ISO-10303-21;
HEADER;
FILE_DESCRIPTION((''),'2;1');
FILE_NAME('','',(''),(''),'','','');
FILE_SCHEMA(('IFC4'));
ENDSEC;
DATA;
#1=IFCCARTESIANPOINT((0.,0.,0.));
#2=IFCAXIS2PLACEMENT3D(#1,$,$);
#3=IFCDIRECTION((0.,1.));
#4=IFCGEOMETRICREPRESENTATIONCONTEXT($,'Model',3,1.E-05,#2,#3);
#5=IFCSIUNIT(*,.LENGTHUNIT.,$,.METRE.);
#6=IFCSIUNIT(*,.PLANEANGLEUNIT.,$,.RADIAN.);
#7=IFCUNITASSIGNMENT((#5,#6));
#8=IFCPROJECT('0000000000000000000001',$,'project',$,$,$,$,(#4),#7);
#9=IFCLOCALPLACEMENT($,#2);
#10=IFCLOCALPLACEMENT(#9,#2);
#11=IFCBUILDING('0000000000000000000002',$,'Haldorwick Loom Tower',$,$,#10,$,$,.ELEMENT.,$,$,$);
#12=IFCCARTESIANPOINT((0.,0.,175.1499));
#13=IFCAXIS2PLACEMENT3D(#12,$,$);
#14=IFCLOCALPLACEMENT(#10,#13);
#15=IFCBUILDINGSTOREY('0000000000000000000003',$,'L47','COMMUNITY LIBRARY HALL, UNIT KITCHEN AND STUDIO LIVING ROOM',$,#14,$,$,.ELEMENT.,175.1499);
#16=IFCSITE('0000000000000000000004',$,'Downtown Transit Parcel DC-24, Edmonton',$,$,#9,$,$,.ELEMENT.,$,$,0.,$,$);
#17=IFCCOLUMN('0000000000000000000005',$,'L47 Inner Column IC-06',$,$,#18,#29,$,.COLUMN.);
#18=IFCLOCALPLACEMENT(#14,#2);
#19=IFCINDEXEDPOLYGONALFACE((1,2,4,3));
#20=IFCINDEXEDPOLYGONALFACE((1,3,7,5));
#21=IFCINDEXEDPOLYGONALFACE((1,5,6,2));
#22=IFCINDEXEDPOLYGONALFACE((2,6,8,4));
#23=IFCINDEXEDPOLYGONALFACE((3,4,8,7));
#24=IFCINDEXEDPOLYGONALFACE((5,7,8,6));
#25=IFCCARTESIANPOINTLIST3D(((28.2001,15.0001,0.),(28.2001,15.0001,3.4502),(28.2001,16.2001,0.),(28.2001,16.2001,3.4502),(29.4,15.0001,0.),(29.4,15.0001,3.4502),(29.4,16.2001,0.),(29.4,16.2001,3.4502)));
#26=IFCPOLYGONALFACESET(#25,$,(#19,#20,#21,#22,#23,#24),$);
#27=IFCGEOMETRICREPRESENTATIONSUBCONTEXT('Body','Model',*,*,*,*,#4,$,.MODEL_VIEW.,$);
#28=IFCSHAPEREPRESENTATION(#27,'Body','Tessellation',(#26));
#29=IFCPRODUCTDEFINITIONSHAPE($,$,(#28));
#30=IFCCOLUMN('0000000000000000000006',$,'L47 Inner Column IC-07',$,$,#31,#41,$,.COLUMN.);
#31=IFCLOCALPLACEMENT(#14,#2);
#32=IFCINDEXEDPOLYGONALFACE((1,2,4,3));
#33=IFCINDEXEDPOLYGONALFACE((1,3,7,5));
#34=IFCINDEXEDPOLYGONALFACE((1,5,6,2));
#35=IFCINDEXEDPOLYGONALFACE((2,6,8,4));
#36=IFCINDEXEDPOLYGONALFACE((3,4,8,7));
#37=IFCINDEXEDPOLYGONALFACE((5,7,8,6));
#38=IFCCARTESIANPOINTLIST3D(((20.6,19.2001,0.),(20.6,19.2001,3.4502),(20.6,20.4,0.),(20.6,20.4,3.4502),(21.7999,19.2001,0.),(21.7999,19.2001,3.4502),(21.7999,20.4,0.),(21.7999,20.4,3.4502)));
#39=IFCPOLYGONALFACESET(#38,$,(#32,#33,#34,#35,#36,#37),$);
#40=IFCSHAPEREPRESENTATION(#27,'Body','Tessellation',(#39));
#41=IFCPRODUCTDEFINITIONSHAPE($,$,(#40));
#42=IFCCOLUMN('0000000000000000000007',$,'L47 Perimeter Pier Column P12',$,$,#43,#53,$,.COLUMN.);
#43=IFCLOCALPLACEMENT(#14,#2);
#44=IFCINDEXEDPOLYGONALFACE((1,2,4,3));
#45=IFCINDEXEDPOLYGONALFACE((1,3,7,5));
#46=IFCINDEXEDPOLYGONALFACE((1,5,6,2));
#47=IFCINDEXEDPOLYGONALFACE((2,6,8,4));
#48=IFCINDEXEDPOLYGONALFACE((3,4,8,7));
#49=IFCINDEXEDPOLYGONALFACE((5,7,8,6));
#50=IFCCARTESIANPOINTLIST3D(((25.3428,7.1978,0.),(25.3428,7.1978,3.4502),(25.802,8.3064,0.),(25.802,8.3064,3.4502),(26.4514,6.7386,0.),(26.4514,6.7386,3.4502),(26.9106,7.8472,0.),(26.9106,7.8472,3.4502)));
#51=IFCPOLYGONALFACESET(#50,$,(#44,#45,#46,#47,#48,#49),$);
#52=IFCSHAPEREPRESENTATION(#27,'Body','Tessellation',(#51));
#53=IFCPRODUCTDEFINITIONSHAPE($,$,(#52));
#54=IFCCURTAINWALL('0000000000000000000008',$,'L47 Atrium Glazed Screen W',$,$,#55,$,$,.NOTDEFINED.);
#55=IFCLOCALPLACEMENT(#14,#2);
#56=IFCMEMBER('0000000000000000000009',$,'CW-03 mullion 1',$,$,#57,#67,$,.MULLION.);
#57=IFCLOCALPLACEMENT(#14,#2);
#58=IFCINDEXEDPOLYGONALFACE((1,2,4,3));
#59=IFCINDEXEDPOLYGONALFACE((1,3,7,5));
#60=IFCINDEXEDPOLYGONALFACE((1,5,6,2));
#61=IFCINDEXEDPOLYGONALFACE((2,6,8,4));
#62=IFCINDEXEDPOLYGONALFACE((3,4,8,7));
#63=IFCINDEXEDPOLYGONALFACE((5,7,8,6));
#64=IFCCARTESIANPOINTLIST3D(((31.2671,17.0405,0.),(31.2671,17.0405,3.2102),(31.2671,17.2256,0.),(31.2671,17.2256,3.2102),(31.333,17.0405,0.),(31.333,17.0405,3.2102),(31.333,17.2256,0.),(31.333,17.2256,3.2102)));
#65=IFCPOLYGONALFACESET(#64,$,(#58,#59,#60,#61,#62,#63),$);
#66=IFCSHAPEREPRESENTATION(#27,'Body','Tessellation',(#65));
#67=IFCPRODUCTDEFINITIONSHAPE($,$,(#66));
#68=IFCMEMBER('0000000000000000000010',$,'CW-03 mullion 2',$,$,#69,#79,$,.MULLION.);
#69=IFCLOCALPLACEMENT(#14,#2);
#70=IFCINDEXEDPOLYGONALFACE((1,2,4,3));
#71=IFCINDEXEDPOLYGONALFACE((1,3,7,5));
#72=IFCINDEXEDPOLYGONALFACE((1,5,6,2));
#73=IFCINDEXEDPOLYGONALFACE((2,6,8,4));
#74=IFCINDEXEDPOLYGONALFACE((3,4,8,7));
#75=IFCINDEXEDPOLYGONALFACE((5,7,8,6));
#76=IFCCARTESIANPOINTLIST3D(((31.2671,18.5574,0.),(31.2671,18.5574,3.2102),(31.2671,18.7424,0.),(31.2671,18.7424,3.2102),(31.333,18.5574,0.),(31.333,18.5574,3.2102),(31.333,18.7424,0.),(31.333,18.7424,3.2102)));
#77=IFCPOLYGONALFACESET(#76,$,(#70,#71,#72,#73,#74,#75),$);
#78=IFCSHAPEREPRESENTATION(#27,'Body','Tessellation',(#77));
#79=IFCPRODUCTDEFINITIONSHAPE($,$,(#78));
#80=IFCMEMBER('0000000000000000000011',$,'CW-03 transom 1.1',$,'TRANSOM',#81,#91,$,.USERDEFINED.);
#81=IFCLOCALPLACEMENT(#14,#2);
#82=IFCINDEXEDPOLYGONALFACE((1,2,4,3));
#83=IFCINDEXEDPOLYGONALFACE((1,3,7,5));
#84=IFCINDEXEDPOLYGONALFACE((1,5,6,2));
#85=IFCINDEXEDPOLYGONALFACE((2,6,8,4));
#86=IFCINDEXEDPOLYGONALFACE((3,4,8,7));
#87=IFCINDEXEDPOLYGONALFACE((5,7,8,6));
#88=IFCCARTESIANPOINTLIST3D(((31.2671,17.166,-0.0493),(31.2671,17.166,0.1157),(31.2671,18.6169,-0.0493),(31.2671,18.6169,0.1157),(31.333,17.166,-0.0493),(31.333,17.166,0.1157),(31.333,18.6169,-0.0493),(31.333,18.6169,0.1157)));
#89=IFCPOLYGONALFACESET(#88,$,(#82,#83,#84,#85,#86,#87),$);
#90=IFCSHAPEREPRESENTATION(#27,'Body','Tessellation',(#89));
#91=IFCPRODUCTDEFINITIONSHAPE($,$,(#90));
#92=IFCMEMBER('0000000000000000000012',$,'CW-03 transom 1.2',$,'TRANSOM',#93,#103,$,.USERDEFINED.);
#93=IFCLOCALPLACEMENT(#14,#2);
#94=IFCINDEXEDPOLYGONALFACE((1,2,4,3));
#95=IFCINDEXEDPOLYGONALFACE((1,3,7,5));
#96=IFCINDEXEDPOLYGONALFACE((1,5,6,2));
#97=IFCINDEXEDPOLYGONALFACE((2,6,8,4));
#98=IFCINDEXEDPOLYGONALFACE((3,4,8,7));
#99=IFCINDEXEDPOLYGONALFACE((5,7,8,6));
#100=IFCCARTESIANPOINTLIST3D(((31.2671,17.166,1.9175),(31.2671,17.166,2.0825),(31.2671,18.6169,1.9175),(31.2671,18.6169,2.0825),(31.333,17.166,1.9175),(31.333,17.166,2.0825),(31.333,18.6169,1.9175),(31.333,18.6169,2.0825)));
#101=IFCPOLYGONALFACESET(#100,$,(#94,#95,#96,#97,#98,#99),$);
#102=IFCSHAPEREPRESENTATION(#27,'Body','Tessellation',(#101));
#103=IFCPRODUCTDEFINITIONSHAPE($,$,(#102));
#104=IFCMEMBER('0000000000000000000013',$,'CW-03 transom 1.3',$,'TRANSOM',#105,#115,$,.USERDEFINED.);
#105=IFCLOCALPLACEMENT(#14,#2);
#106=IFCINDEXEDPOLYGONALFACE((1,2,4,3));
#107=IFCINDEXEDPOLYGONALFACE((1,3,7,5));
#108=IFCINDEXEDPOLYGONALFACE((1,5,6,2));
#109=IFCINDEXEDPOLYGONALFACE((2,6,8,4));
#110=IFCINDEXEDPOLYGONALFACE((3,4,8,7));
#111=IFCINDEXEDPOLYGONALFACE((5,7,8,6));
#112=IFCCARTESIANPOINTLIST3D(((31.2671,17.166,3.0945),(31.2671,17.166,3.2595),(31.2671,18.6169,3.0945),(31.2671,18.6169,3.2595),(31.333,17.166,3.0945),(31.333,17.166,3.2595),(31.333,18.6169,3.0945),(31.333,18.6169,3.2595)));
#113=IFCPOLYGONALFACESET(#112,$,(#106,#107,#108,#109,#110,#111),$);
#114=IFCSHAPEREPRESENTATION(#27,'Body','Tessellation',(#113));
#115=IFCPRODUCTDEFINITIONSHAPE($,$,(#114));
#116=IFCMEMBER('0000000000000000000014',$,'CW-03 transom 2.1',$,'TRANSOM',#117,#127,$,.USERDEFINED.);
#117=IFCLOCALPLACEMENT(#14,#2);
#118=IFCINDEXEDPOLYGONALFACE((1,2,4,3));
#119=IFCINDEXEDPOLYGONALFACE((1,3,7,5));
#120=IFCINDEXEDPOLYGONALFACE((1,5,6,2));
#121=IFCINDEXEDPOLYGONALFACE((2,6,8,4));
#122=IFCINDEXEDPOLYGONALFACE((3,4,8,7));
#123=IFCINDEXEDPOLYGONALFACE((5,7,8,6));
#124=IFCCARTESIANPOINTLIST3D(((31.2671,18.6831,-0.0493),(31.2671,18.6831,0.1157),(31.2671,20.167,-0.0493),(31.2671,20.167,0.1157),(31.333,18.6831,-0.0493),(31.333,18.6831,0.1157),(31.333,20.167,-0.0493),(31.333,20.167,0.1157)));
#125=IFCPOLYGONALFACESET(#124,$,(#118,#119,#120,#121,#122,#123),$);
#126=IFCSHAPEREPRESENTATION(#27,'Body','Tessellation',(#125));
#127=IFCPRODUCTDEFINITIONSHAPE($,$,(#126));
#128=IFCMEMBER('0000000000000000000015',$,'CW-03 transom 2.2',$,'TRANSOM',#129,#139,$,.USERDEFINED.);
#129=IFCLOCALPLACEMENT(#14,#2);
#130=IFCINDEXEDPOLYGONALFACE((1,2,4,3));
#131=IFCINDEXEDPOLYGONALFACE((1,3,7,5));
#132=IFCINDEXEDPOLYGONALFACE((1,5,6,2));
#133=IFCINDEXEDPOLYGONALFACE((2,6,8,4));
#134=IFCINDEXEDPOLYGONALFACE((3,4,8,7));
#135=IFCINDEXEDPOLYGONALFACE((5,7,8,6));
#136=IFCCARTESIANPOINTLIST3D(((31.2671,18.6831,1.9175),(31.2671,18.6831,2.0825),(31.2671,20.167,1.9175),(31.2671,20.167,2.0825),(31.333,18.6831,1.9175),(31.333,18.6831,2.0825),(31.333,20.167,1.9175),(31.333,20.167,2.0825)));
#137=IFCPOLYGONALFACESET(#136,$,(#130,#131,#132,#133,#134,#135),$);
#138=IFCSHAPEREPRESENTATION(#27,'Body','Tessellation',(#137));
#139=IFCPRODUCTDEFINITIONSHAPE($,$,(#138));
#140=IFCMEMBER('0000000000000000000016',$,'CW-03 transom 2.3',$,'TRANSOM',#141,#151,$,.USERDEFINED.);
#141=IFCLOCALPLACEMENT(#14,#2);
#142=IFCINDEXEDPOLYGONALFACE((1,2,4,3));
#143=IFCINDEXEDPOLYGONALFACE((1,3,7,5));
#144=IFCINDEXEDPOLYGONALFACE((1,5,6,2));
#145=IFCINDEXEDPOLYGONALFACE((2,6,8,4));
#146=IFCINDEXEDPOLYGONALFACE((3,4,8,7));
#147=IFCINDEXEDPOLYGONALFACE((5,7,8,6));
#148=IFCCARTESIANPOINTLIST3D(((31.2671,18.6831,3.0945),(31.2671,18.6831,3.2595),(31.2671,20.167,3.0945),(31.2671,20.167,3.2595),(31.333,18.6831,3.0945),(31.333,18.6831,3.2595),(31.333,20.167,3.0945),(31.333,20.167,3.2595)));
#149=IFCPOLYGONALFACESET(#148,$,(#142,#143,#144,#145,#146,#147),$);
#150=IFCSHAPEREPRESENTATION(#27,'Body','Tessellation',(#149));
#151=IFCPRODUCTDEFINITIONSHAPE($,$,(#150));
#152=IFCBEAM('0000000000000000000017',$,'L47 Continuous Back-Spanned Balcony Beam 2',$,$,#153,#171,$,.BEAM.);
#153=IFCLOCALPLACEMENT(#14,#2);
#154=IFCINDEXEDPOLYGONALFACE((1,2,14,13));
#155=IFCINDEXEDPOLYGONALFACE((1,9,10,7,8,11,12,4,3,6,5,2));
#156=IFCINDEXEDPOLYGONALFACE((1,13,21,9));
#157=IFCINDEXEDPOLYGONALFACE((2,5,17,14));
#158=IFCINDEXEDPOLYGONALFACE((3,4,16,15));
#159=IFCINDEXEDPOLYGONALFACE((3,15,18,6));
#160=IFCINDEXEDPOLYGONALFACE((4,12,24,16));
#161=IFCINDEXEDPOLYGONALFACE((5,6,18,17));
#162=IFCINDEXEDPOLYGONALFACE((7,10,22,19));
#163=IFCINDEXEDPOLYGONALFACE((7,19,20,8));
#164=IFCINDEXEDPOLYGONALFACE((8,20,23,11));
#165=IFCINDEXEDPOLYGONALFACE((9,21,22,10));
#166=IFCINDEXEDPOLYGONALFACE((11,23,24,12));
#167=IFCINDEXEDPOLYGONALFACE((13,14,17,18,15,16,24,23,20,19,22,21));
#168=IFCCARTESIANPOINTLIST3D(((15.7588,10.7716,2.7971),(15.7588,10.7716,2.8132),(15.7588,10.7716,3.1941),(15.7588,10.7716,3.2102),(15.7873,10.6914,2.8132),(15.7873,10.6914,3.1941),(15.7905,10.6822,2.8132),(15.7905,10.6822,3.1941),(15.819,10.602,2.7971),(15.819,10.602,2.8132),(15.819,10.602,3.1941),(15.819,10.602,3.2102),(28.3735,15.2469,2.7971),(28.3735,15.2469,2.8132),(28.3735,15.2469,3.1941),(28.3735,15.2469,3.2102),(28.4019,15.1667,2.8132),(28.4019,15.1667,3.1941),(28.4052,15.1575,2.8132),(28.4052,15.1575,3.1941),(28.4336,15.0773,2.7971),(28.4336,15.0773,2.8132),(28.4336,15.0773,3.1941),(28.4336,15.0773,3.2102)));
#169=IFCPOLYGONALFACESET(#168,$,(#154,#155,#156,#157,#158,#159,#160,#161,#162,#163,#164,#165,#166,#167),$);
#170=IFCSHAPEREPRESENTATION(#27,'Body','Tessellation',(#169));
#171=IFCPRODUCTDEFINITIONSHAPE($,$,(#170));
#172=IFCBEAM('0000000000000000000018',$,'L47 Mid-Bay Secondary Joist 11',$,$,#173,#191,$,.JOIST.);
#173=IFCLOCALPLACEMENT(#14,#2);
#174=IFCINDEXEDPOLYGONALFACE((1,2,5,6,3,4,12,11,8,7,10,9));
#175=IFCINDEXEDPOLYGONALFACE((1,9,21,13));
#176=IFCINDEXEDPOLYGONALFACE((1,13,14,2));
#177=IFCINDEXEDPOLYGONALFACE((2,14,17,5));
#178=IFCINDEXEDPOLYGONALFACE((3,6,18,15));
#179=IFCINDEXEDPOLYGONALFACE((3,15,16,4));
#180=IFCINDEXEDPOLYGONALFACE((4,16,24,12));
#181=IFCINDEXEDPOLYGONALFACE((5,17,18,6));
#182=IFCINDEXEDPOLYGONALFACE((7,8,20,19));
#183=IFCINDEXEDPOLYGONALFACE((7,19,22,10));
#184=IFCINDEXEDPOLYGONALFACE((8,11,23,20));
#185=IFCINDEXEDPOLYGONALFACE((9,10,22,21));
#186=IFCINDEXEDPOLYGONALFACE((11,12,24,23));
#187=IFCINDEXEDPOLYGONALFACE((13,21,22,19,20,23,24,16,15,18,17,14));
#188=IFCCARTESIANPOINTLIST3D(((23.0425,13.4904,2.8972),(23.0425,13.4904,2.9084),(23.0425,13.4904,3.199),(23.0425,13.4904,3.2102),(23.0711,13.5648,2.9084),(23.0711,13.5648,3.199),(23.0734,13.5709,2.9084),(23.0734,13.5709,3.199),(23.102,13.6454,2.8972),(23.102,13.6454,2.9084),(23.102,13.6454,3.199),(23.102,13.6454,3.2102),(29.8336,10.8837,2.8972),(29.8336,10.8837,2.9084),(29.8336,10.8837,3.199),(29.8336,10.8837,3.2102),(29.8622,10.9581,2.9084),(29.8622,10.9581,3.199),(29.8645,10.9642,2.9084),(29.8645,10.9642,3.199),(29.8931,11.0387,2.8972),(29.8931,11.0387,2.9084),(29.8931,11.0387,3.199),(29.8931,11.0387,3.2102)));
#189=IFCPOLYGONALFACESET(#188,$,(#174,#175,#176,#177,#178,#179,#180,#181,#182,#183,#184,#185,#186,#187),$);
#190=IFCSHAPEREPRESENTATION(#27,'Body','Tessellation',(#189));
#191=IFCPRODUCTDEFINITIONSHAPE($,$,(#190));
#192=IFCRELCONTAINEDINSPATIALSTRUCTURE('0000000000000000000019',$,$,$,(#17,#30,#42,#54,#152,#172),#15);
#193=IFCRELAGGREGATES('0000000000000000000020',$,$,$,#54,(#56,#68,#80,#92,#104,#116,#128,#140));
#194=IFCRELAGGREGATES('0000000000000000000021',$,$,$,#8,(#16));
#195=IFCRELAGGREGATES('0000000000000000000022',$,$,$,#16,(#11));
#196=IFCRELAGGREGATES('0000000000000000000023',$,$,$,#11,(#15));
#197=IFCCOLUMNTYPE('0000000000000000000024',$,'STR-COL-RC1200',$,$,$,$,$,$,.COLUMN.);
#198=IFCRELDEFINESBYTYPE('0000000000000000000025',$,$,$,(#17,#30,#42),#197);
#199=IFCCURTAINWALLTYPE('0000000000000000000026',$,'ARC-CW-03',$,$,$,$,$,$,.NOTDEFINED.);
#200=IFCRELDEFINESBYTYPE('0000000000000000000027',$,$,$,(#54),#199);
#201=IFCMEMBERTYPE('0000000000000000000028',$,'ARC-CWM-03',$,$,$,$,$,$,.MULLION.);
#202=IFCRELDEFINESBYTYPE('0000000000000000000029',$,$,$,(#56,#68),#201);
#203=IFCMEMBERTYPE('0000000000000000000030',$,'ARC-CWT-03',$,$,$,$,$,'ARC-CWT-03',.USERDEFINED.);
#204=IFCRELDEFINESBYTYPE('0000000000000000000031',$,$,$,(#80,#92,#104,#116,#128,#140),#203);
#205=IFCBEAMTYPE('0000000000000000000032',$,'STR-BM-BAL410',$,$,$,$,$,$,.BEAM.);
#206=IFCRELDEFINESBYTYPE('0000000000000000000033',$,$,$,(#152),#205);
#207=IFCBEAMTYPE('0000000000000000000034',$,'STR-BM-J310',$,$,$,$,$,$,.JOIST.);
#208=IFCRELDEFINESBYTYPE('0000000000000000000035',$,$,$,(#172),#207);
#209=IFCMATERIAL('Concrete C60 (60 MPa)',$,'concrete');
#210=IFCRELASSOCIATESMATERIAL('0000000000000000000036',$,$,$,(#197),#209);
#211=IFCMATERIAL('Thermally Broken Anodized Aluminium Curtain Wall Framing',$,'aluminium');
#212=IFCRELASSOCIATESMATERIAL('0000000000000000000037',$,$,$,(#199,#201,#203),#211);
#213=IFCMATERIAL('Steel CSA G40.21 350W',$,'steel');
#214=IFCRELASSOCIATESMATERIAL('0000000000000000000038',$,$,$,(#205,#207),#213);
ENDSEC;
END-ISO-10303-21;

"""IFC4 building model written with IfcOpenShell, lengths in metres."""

from ifc_helpers import new_model, si_unit, direction, frame, origin, origin_2d, place, context, subcontext, project, spatial, rectangle, i_section, extrude, material, material_profile, profile_set, type_object, element, aggregate, save


model = new_model("IFC4")

# Units and contexts
model_context = context("Model", 3, precision=1e-05, world=origin(), true_north=direction((0.0, 1.0)))
body_context = subcontext(model_context, "Body", "Model", "MODEL_VIEW")
ifc_project = project(units=[si_unit("LENGTHUNIT", "METRE"), si_unit("PLANEANGLEUNIT", "RADIAN")], contexts=[model_context])

# Site, building, storey
site_placement = place(None, origin())
site = spatial("IfcSite", under=ifc_project, at=site_placement, Name="Downtown Transit Parcel DC-24, Edmonton", CompositionType="ELEMENT", RefElevation=0.0)
building_placement = place(site_placement, origin())
building = spatial("IfcBuilding", under=site, at=building_placement, Name="Haldorwick Loom Tower", CompositionType="ELEMENT")
storey_placement = place(building_placement, frame((0.0, 0.0, 175.1499)))
storey = spatial("IfcBuildingStorey", under=building, at=storey_placement, Name="L47", Description="COMMUNITY LIBRARY HALL, UNIT KITCHEN AND STUDIO LIVING ROOM", CompositionType="ELEMENT", Elevation=175.1499)

# Columns
ifc_material_1 = material(Name="Concrete C60 (60 MPa)", Category="concrete")
ifc_material_profile_1 = material_profile(ifc_material_1, rectangle(XDim=1.2, YDim=1.2, at=origin_2d()), Name="RC1200X1200", Category="concrete")
ifc_profile_set_1 = profile_set([ifc_material_profile_1], Name="Concrete C60 (60 MPa)")
column_type = type_object("IfcColumnType", Name="STR-COL-RC1200", PredefinedType="COLUMN", material=ifc_profile_set_1)
for number, where, z_axis, x_axis, name in (
    (1, (28.8, 15.6001, 0.0), (0.0, 0.0, 1.0), (1.0, 0.0, 0.0), "L47 Inner Column IC-06"),
    (2, (21.2, 19.8, 0.0), (0.0, 0.0, 1.0), (1.0, 0.0, 0.0), "L47 Inner Column IC-07"),
    (3, (26.1267, 7.5225, 0.0), (0.0, 0.0, 1.0), (-0.382683, -0.92388, 0.0), "L47 Perimeter Pier Column P12"),
):
    element("IfcColumn", number, at=place(storey_placement, frame(where, z_axis=z_axis, x_axis=x_axis)), inside=storey, type_object=column_type, Name=name, PredefinedType="COLUMN", context=body_context, shape_type="SweptSolid", body=[
        extrude(rectangle(XDim=1.2, YDim=1.2, at=origin_2d()), origin(), (0.0, 0.0, 1.0), 3.4502),
    ])

# Curtain wall, members
ifc_material_2 = material(Name="Thermally Broken Anodized Aluminium Curtain Wall Framing", Category="aluminium")
curtain_wall_type = type_object("IfcCurtainWallType", Name="ARC-CW-03", PredefinedType="NOTDEFINED", material=ifc_material_2)
curtain_wall_placement = place(storey_placement, origin())
curtain_wall = element("IfcCurtainWall", 4, at=curtain_wall_placement, inside=storey, type_object=curtain_wall_type, Name="L47 Atrium Glazed Screen W", PredefinedType="NOTDEFINED")
ifc_material_profile_2 = material_profile(ifc_material_2, rectangle(XDim=0.0659, YDim=0.1851, at=origin_2d()), Name="ALU_MUL_66X185", Category="aluminium")
ifc_profile_set_2 = profile_set([ifc_material_profile_2], Name="Thermally Broken Anodized Aluminium Curtain Wall Framing")
member_type_1 = type_object("IfcMemberType", Name="ARC-CWM-03", PredefinedType="MULLION", material=ifc_profile_set_2)
member_1_placement = place(storey_placement, frame((31.3, 17.1331, 0.0), z_axis=(0.0, 0.0, 1.0), x_axis=(-1.0, 0.0, 0.0)))
member_1 = element("IfcMember", 5, at=member_1_placement, type_object=member_type_1, Name="CW-03 mullion 1", PredefinedType="MULLION", context=body_context, shape_type="SweptSolid", body=[
    extrude(rectangle(XDim=0.0659, YDim=0.1851, at=origin_2d()), origin(), (0.0, 0.0, 1.0), 3.2102),
])
member_2_placement = place(storey_placement, frame((31.3, 18.6499, 0.0), z_axis=(0.0, 0.0, 1.0), x_axis=(-1.0, 0.0, 0.0)))
member_2 = element("IfcMember", 6, at=member_2_placement, type_object=member_type_1, Name="CW-03 mullion 2", PredefinedType="MULLION", context=body_context, shape_type="SweptSolid", body=[
    extrude(rectangle(XDim=0.0659, YDim=0.1851, at=origin_2d()), origin(), (0.0, 0.0, 1.0), 3.2102),
])
ifc_material_profile_3 = material_profile(ifc_material_2, rectangle(XDim=0.0659, YDim=0.165, at=origin_2d()), Name="ALU_TRN_66X165", Category="aluminium")
ifc_profile_set_3 = profile_set([ifc_material_profile_3], Name="Thermally Broken Anodized Aluminium Curtain Wall Framing")
member_type_2 = type_object("IfcMemberType", Name="ARC-CWT-03", ElementType="ARC-CWT-03", PredefinedType="USERDEFINED", material=ifc_profile_set_3)
member_3_placement = place(storey_placement, frame((31.3, 17.166, 0.0332), z_axis=(0.0, 1.0, 0.0), x_axis=(-1.0, 0.0, 0.0)))
member_3 = element("IfcMember", 7, at=member_3_placement, type_object=member_type_2, Name="CW-03 transom 1.1", ObjectType="TRANSOM", PredefinedType="USERDEFINED", context=body_context, shape_type="SweptSolid", body=[
    extrude(rectangle(XDim=0.0659, YDim=0.165, at=origin_2d()), origin(), (0.0, 0.0, 1.0), 1.4509),
])
member_4_placement = place(storey_placement, frame((31.3, 17.166, 2.0), z_axis=(0.0, 1.0, 0.0), x_axis=(-1.0, 0.0, 0.0)))
member_4 = element("IfcMember", 8, at=member_4_placement, type_object=member_type_2, Name="CW-03 transom 1.2", ObjectType="TRANSOM", PredefinedType="USERDEFINED", context=body_context, shape_type="SweptSolid", body=[
    extrude(rectangle(XDim=0.0659, YDim=0.165, at=origin_2d()), origin(), (0.0, 0.0, 1.0), 1.4509),
])
member_5_placement = place(storey_placement, frame((31.3, 17.166, 3.177), z_axis=(0.0, 1.0, 0.0), x_axis=(-1.0, 0.0, 0.0)))
member_5 = element("IfcMember", 9, at=member_5_placement, type_object=member_type_2, Name="CW-03 transom 1.3", ObjectType="TRANSOM", PredefinedType="USERDEFINED", context=body_context, shape_type="SweptSolid", body=[
    extrude(rectangle(XDim=0.0659, YDim=0.165, at=origin_2d()), origin(), (0.0, 0.0, 1.0), 1.4509),
])
member_6_placement = place(storey_placement, frame((31.3, 18.6831, 0.0332), z_axis=(0.0, 1.0, 0.0), x_axis=(-1.0, 0.0, 0.0)))
member_6 = element("IfcMember", 10, at=member_6_placement, type_object=member_type_2, Name="CW-03 transom 2.1", ObjectType="TRANSOM", PredefinedType="USERDEFINED", context=body_context, shape_type="SweptSolid", body=[
    extrude(rectangle(XDim=0.0659, YDim=0.165, at=origin_2d()), origin(), (0.0, 0.0, 1.0), 1.4839),
])
member_7_placement = place(storey_placement, frame((31.3, 18.6831, 2.0), z_axis=(0.0, 1.0, 0.0), x_axis=(-1.0, 0.0, 0.0)))
member_7 = element("IfcMember", 11, at=member_7_placement, type_object=member_type_2, Name="CW-03 transom 2.2", ObjectType="TRANSOM", PredefinedType="USERDEFINED", context=body_context, shape_type="SweptSolid", body=[
    extrude(rectangle(XDim=0.0659, YDim=0.165, at=origin_2d()), origin(), (0.0, 0.0, 1.0), 1.4839),
])
member_8_placement = place(storey_placement, frame((31.3, 18.6831, 3.177), z_axis=(0.0, 1.0, 0.0), x_axis=(-1.0, 0.0, 0.0)))
member_8 = element("IfcMember", 12, at=member_8_placement, type_object=member_type_2, Name="CW-03 transom 2.3", ObjectType="TRANSOM", PredefinedType="USERDEFINED", context=body_context, shape_type="SweptSolid", body=[
    extrude(rectangle(XDim=0.0659, YDim=0.165, at=origin_2d()), origin(), (0.0, 0.0, 1.0), 1.4839),
])

# Beams
ifc_material_3 = material(Name="Steel CSA G40.21 350W", Category="steel")
ifc_material_profile_4 = material_profile(ifc_material_3, i_section(OverallWidth=0.1799, OverallDepth=0.4131, WebThickness=0.0098, FlangeThickness=0.0161, at=origin_2d()), Name="W410X74", Category="steel")
ifc_profile_set_4 = profile_set([ifc_material_profile_4], Name="Steel CSA G40.21 350W")
beam_type_1 = type_object("IfcBeamType", Name="STR-BM-BAL410", PredefinedType="BEAM", material=ifc_profile_set_4)
beam_1_placement = place(storey_placement, frame((28.4036, 15.1621, 3.0037), z_axis=(-0.942448, -0.334353, 0.0), x_axis=(0.334353, -0.942448, 0.0)))
element("IfcBeam", 13, at=beam_1_placement, inside=storey, type_object=beam_type_1, Name="L47 Continuous Back-Spanned Balcony Beam 2", PredefinedType="BEAM", context=body_context, shape_type="SweptSolid", body=[
    extrude(i_section(OverallWidth=0.1799, OverallDepth=0.4131, WebThickness=0.0098, FlangeThickness=0.0161, at=origin_2d()), origin(), (0.0, 0.0, 1.0), 13.385),
])
ifc_material_profile_5 = material_profile(ifc_material_3, i_section(OverallWidth=0.166, OverallDepth=0.313, WebThickness=0.0066, FlangeThickness=0.0112, at=origin_2d()), Name="W310X45", Category="steel")
ifc_profile_set_5 = profile_set([ifc_material_profile_5], Name="Steel CSA G40.21 350W")
beam_type_2 = type_object("IfcBeamType", Name="STR-BM-J310", PredefinedType="JOIST", material=ifc_profile_set_5)
beam_2_placement = place(storey_placement, frame((23.0723, 13.5679, 3.0537), z_axis=(0.933587, -0.358352, 0.0), x_axis=(0.358352, 0.933587, 0.0)))
element("IfcBeam", 14, at=beam_2_placement, inside=storey, type_object=beam_type_2, Name="L47 Mid-Bay Secondary Joist 11", PredefinedType="JOIST", context=body_context, shape_type="SweptSolid", body=[
    extrude(i_section(OverallWidth=0.166, OverallDepth=0.313, WebThickness=0.0066, FlangeThickness=0.0112, at=origin_2d()), origin(), (0.0, 0.0, 1.0), 7.2742),
])

aggregate(curtain_wall, [member_1, member_2, member_3, member_4, member_5, member_6, member_7, member_8])

save(model, "model.ifc")
